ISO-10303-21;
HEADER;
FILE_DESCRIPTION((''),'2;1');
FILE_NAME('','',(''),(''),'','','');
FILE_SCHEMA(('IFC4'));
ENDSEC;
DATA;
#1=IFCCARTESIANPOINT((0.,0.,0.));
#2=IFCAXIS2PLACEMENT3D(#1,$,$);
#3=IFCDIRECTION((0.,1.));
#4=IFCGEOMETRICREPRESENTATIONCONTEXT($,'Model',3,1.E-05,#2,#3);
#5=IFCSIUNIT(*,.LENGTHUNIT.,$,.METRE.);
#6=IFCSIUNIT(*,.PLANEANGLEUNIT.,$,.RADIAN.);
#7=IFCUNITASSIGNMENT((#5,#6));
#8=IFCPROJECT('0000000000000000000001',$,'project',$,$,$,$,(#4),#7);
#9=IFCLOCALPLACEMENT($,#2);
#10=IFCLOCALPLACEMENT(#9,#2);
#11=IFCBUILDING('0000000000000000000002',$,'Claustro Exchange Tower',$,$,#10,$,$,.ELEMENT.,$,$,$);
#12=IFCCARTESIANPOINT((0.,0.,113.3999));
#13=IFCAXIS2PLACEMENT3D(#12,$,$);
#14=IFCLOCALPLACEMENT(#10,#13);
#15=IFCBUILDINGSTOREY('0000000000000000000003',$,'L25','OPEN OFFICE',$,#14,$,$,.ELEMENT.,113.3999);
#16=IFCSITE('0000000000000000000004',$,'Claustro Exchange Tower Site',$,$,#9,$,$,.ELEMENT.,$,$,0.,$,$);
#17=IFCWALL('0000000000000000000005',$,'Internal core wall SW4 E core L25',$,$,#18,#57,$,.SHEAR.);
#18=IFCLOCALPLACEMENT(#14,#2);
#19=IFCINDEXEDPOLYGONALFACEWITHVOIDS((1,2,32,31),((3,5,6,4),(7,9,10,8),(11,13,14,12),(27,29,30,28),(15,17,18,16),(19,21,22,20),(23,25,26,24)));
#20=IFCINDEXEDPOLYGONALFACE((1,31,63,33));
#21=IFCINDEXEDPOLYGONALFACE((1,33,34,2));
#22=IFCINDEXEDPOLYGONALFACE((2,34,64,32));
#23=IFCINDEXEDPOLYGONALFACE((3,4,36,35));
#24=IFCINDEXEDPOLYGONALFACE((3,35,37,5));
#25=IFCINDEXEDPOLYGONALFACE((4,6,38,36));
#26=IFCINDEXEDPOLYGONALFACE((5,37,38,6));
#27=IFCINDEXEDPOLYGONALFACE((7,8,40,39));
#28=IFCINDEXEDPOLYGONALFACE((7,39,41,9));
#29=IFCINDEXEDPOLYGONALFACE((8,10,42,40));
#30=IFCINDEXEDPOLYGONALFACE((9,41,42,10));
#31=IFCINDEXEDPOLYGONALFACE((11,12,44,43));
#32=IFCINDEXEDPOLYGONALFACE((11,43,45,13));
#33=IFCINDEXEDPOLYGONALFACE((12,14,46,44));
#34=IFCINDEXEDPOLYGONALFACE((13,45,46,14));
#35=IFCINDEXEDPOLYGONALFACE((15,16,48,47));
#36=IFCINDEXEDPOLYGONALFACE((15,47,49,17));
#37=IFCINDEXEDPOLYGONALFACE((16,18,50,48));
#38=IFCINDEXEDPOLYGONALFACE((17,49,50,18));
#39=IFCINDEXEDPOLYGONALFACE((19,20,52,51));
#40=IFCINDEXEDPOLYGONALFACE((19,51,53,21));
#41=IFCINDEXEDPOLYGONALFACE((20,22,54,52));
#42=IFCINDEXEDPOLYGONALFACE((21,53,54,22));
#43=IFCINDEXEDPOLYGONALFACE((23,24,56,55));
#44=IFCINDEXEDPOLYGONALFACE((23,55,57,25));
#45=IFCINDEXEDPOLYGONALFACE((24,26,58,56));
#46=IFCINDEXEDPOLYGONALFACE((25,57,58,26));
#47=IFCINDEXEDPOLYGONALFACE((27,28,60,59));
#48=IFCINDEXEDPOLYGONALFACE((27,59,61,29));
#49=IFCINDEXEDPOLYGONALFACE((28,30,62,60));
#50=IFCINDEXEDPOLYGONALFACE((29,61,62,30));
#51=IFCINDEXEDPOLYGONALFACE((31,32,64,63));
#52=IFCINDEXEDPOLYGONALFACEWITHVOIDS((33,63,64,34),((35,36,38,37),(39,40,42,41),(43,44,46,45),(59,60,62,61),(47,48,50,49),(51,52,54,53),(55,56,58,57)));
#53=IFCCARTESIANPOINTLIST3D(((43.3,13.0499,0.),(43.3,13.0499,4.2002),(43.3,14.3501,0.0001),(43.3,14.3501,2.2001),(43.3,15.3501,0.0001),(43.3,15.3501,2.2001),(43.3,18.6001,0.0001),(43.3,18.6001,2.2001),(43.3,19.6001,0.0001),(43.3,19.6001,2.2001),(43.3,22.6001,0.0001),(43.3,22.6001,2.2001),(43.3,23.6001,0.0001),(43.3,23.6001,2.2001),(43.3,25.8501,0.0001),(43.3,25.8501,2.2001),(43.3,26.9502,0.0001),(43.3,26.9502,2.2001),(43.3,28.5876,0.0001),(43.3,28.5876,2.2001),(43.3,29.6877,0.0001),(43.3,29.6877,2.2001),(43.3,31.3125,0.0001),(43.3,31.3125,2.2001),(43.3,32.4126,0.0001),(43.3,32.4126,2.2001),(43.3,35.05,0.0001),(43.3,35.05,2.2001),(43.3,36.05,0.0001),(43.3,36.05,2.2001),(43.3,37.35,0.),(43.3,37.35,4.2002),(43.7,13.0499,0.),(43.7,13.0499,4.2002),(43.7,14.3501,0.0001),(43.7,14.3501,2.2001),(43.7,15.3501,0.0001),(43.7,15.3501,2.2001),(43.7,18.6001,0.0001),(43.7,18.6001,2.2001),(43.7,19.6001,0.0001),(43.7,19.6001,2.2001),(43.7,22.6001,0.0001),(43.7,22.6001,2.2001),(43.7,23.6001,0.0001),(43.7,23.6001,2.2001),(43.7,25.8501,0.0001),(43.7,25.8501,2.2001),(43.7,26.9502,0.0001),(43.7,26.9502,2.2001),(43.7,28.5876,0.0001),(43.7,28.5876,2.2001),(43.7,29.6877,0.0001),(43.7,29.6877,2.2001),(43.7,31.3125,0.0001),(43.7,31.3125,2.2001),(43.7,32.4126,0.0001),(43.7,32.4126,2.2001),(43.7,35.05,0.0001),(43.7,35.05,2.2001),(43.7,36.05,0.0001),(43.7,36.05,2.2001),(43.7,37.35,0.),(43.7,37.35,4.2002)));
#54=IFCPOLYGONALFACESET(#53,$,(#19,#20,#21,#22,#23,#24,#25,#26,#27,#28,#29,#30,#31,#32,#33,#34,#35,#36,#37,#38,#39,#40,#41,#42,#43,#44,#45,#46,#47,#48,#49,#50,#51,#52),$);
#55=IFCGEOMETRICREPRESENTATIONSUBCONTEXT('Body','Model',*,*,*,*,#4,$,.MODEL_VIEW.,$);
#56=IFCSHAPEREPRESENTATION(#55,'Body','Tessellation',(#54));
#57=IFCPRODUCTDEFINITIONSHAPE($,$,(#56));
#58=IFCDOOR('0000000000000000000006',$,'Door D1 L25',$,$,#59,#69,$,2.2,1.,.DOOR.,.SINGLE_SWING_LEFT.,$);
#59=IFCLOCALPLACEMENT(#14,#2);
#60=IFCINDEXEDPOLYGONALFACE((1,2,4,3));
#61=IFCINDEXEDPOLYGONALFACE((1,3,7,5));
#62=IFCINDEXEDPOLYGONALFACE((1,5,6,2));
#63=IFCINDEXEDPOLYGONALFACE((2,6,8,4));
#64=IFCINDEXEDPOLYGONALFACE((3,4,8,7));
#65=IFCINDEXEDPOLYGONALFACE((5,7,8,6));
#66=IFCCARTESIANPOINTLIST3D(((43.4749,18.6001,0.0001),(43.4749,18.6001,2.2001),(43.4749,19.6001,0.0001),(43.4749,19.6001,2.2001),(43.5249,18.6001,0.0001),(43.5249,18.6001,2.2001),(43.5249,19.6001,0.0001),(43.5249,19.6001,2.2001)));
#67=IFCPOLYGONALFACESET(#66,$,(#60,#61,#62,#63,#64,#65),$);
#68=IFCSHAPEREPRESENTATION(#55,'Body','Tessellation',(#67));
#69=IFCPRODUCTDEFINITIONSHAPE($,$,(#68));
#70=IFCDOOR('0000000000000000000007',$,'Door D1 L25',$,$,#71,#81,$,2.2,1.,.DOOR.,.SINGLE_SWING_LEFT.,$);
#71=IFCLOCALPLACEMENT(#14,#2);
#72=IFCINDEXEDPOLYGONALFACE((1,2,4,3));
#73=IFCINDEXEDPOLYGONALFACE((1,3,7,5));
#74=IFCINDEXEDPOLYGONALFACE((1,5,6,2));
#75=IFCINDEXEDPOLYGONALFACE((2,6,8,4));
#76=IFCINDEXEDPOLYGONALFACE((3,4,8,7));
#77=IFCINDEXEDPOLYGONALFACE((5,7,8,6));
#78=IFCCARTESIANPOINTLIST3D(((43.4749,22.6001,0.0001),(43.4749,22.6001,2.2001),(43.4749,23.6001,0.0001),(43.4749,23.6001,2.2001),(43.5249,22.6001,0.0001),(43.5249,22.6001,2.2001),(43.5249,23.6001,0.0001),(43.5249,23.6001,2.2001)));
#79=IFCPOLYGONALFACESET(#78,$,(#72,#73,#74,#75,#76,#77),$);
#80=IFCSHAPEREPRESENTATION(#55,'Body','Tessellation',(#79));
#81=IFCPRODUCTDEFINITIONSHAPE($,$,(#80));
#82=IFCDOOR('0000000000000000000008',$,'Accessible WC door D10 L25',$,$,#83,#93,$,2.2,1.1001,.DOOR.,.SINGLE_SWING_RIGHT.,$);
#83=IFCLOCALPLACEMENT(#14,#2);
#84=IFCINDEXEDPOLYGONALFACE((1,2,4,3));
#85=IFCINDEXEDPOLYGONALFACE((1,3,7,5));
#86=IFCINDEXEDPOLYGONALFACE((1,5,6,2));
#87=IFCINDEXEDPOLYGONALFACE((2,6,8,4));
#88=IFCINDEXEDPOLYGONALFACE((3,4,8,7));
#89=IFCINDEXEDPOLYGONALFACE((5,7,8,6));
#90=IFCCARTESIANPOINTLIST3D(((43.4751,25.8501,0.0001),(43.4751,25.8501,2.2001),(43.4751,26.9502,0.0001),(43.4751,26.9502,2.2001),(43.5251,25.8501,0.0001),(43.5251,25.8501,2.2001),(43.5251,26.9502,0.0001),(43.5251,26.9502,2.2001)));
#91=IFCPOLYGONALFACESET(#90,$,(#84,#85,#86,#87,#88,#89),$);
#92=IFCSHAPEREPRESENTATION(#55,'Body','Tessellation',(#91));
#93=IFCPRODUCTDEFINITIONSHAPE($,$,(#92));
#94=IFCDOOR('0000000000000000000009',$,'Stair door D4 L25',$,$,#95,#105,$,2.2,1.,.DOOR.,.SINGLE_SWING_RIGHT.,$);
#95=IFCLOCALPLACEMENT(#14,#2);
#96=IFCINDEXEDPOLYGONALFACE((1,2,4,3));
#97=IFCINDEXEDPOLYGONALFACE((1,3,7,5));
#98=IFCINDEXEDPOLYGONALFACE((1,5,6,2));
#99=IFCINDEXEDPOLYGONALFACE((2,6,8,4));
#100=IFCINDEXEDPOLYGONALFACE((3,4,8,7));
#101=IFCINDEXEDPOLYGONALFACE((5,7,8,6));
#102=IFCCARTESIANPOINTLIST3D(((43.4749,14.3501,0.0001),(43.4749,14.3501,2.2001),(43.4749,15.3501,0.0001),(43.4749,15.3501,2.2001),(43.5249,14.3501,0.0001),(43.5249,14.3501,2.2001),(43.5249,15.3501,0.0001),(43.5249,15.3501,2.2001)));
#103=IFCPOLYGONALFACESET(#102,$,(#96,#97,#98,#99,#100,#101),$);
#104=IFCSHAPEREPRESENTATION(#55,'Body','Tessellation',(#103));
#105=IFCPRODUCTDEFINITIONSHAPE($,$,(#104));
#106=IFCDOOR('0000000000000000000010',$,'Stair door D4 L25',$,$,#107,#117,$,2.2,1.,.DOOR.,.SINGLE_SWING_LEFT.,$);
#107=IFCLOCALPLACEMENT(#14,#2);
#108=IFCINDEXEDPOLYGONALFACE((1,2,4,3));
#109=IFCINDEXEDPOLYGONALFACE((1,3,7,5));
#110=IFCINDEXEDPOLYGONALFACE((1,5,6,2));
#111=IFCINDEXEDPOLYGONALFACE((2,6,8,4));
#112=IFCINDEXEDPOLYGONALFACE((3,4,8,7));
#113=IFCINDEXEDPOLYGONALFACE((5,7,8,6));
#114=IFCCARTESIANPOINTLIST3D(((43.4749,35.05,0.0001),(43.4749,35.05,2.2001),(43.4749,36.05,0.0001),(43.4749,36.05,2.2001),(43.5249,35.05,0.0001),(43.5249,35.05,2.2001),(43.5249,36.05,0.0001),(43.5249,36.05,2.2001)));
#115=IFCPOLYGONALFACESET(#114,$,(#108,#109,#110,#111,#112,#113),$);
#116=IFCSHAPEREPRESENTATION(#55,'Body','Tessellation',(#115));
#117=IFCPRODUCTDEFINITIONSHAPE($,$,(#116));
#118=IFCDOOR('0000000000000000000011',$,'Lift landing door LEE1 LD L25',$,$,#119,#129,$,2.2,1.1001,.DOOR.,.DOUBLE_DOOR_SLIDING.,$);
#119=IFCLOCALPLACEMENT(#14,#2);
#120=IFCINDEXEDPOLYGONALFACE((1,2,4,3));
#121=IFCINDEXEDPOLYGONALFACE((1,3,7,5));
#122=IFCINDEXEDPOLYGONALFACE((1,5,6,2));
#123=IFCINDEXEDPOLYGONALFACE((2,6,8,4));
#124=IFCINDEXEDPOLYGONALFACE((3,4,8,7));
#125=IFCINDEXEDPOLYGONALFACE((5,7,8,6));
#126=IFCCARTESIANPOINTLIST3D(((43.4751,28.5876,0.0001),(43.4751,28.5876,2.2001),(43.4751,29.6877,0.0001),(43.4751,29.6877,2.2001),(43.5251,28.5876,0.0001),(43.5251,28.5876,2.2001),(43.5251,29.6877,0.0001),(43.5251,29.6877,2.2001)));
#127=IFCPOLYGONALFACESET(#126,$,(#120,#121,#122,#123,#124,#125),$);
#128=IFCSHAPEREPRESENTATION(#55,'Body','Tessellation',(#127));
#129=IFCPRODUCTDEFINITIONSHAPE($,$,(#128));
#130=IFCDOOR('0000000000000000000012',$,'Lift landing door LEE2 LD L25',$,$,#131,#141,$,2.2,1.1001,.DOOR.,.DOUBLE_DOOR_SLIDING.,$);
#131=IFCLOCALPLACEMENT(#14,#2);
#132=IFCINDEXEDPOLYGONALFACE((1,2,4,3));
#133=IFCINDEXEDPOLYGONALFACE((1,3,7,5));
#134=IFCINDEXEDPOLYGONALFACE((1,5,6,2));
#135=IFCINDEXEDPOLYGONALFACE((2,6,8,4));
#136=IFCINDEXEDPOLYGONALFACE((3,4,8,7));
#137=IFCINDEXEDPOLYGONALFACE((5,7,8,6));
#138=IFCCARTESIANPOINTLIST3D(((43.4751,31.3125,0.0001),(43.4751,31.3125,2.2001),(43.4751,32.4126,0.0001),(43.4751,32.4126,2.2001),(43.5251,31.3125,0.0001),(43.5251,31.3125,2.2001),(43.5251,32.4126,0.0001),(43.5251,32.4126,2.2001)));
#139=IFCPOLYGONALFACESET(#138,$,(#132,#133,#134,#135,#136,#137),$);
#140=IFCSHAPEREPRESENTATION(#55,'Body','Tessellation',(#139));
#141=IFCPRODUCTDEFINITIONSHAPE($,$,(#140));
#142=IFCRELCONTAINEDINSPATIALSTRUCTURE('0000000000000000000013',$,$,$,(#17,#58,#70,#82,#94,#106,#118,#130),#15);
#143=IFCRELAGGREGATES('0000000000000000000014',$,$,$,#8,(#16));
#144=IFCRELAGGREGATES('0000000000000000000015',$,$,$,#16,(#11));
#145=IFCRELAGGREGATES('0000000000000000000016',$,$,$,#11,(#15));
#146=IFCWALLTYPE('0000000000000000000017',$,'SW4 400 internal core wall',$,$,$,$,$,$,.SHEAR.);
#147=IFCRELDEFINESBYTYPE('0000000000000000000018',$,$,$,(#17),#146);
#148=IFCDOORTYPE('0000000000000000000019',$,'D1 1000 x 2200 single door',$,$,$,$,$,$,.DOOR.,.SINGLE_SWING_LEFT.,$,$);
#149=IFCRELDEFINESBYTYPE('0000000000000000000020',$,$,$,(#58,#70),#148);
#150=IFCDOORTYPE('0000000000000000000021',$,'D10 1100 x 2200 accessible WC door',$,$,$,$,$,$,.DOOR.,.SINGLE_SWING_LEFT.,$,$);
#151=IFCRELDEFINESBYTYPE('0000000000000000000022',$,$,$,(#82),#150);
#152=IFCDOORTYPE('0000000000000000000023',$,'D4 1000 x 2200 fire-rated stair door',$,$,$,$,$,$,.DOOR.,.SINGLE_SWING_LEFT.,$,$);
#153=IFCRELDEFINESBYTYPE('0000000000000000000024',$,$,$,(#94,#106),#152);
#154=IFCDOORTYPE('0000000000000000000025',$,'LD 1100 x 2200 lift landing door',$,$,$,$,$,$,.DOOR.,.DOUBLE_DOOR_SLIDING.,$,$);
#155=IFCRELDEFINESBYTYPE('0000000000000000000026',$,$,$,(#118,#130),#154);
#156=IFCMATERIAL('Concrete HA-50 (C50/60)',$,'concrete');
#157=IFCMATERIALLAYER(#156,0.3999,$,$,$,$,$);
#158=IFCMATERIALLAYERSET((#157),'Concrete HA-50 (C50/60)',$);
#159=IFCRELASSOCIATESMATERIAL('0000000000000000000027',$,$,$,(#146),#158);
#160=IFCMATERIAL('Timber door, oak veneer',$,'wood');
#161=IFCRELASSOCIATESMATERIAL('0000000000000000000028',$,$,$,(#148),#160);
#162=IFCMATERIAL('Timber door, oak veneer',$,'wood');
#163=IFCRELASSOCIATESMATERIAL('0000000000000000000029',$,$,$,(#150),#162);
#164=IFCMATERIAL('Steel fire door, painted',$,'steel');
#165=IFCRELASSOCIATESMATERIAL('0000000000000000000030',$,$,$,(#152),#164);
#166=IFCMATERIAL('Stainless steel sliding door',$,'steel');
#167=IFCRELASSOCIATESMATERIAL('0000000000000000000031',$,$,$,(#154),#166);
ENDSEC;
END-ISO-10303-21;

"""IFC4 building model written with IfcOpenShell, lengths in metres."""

from ifc_helpers import new_model, si_unit, direction, frame, frame_2d, origin, place, context, subcontext, project, spatial, rectangle, extrude, material, layer, layer_set, type_object, element, fill, save


model = new_model("IFC4")

# Units and contexts
model_context = context("Model", 3, precision=1e-05, world=origin(), true_north=direction((0.0, 1.0)))
body_context = subcontext(model_context, "Body", "Model", "MODEL_VIEW")
ifc_project = project(units=[si_unit("LENGTHUNIT", "METRE"), si_unit("PLANEANGLEUNIT", "RADIAN")], contexts=[model_context])

# Site, building, storey
site_placement = place(None, origin())
site = spatial("IfcSite", under=ifc_project, at=site_placement, Name="Claustro Exchange Tower Site", CompositionType="ELEMENT", RefElevation=0.0)
building_placement = place(site_placement, origin())
building = spatial("IfcBuilding", under=site, at=building_placement, Name="Claustro Exchange Tower", CompositionType="ELEMENT")
storey_placement = place(building_placement, frame((0.0, 0.0, 113.3999)))
storey = spatial("IfcBuildingStorey", under=building, at=storey_placement, Name="L25", Description="OPEN OFFICE", CompositionType="ELEMENT", Elevation=113.3999)

# Wall, openings, doors
ifc_material_1 = material(Name="Concrete HA-50 (C50/60)", Category="concrete")
ifc_layer_1 = layer(ifc_material_1, 0.3999)
ifc_layer_set_1 = layer_set([ifc_layer_1], Name="Concrete HA-50 (C50/60)")
wall_type_1 = type_object("IfcWallType", Name="SW4 400 internal core wall", PredefinedType="SHEAR", material=ifc_layer_set_1)
wall_1_placement = place(storey_placement, frame((43.5, 13.05, 0.0), z_axis=(0.0, 0.0, 1.0), x_axis=(0.0, 1.0, 0.0)))
wall_1 = element("IfcWall", 1, at=wall_1_placement, inside=storey, type_object=wall_type_1, Name="Internal core wall SW4 E core L25", PredefinedType="SHEAR", context=body_context, shape_type="SweptSolid", body=[
    extrude(rectangle(XDim=24.3, YDim=0.3999, at=frame_2d((12.1499, 0.0))), origin(), (0.0, 0.0, 1.0), 4.2002),
])
opening_1_placement = place(wall_1_placement, frame((1.3, 0.0, 0.0)))
opening_1 = element("IfcOpeningElement", 2, at=opening_1_placement, cuts=wall_1, PredefinedType="OPENING", context=body_context, shape_type="SweptSolid", body=[
    extrude(rectangle(XDim=1.0, YDim=2.2, at=frame_2d((0.5, 1.1001))), frame((0.0, 0.21, 0.0), z_axis=(0.0, -1.0, 0.0), x_axis=(1.0, 0.0, 0.0)), (0.0, 0.0, 1.0), 0.4199),
])
opening_2_placement = place(wall_1_placement, frame((22.0, 0.0, 0.0)))
opening_2 = element("IfcOpeningElement", 3, at=opening_2_placement, cuts=wall_1, PredefinedType="OPENING", context=body_context, shape_type="SweptSolid", body=[
    extrude(rectangle(XDim=1.0, YDim=2.2, at=frame_2d((0.5, 1.1001))), frame((0.0, 0.21, 0.0), z_axis=(0.0, -1.0, 0.0), x_axis=(1.0, 0.0, 0.0)), (0.0, 0.0, 1.0), 0.4199),
])
opening_3_placement = place(wall_1_placement, frame((5.55, 0.0, 0.0)))
opening_3 = element("IfcOpeningElement", 4, at=opening_3_placement, cuts=wall_1, PredefinedType="OPENING", context=body_context, shape_type="SweptSolid", body=[
    extrude(rectangle(XDim=1.0, YDim=2.2, at=frame_2d((0.5, 1.1001))), frame((0.0, 0.21, 0.0), z_axis=(0.0, -1.0, 0.0), x_axis=(1.0, 0.0, 0.0)), (0.0, 0.0, 1.0), 0.4199),
])
opening_4_placement = place(wall_1_placement, frame((9.55, 0.0, 0.0)))
opening_4 = element("IfcOpeningElement", 5, at=opening_4_placement, cuts=wall_1, PredefinedType="OPENING", context=body_context, shape_type="SweptSolid", body=[
    extrude(rectangle(XDim=1.0, YDim=2.2, at=frame_2d((0.5, 1.1001))), frame((0.0, 0.21, 0.0), z_axis=(0.0, -1.0, 0.0), x_axis=(1.0, 0.0, 0.0)), (0.0, 0.0, 1.0), 0.4199),
])
opening_5_placement = place(wall_1_placement, frame((12.8, 0.0, 0.0)))
opening_5 = element("IfcOpeningElement", 6, at=opening_5_placement, cuts=wall_1, PredefinedType="OPENING", context=body_context, shape_type="SweptSolid", body=[
    extrude(rectangle(XDim=1.1001, YDim=2.2, at=frame_2d((0.55, 1.1001))), frame((0.0, 0.21, 0.0), z_axis=(0.0, -1.0, 0.0), x_axis=(1.0, 0.0, 0.0)), (0.0, 0.0, 1.0), 0.4199),
])
opening_6_placement = place(wall_1_placement, frame((15.5376, 0.0, 0.0)))
opening_6 = element("IfcOpeningElement", 7, at=opening_6_placement, cuts=wall_1, PredefinedType="OPENING", context=body_context, shape_type="SweptSolid", body=[
    extrude(rectangle(XDim=1.1001, YDim=2.2, at=frame_2d((0.55, 1.1001))), frame((0.0, 0.21, 0.0), z_axis=(0.0, -1.0, 0.0), x_axis=(1.0, 0.0, 0.0)), (0.0, 0.0, 1.0), 0.4199),
])
opening_7_placement = place(wall_1_placement, frame((18.2625, 0.0, 0.0)))
opening_7 = element("IfcOpeningElement", 8, at=opening_7_placement, cuts=wall_1, PredefinedType="OPENING", context=body_context, shape_type="SweptSolid", body=[
    extrude(rectangle(XDim=1.1001, YDim=2.2, at=frame_2d((0.55, 1.1001))), frame((0.0, 0.21, 0.0), z_axis=(0.0, -1.0, 0.0), x_axis=(1.0, 0.0, 0.0)), (0.0, 0.0, 1.0), 0.4199),
])
ifc_material_2 = material(Name="Timber door, oak veneer", Category="wood")
door_type_1 = type_object("IfcDoorType", Name="D1 1000 x 2200 single door", OperationType="SINGLE_SWING_LEFT", PredefinedType="DOOR", material=ifc_material_2)
door_1_placement = place(opening_3_placement, frame((1.0, 0.0, 0.0), z_axis=(0.0, 0.0, 1.0), x_axis=(-1.0, 0.0, 0.0)))
door_1 = element("IfcDoor", 9, at=door_1_placement, inside=storey, type_object=door_type_1, Name="Door D1 L25", OperationType="SINGLE_SWING_LEFT", OverallHeight=2.2, OverallWidth=1.0, PredefinedType="DOOR", context=body_context, shape_type="SweptSolid", body=[
    extrude(rectangle(XDim=1.0, YDim=2.2, at=frame_2d((0.5, 1.1001))), frame((0.0, 0.0249, 0.0), z_axis=(0.0, -1.0, 0.0), x_axis=(1.0, 0.0, 0.0)), (0.0, 0.0, 1.0), 0.05),
])
fill(opening_3, door_1)
door_2_placement = place(opening_4_placement, frame((1.0, 0.0, 0.0), z_axis=(0.0, 0.0, 1.0), x_axis=(-1.0, 0.0, 0.0)))
door_2 = element("IfcDoor", 10, at=door_2_placement, inside=storey, type_object=door_type_1, Name="Door D1 L25", OperationType="SINGLE_SWING_LEFT", OverallHeight=2.2, OverallWidth=1.0, PredefinedType="DOOR", context=body_context, shape_type="SweptSolid", body=[
    extrude(rectangle(XDim=1.0, YDim=2.2, at=frame_2d((0.5, 1.1001))), frame((0.0, 0.0249, 0.0), z_axis=(0.0, -1.0, 0.0), x_axis=(1.0, 0.0, 0.0)), (0.0, 0.0, 1.0), 0.05),
])
fill(opening_4, door_2)
ifc_material_3 = material(Name="Timber door, oak veneer", Category="wood")
door_type_2 = type_object("IfcDoorType", Name="D10 1100 x 2200 accessible WC door", OperationType="SINGLE_SWING_LEFT", PredefinedType="DOOR", material=ifc_material_3)
door_3_placement = place(opening_5_placement, origin())
door_3 = element("IfcDoor", 11, at=door_3_placement, inside=storey, type_object=door_type_2, Name="Accessible WC door D10 L25", OperationType="SINGLE_SWING_RIGHT", OverallHeight=2.2, OverallWidth=1.1001, PredefinedType="DOOR", context=body_context, shape_type="SweptSolid", body=[
    extrude(rectangle(XDim=1.1001, YDim=2.2, at=frame_2d((0.55, 1.1001))), frame((0.0, 0.0249, 0.0), z_axis=(0.0, -1.0, 0.0), x_axis=(1.0, 0.0, 0.0)), (0.0, 0.0, 1.0), 0.05),
])
fill(opening_5, door_3)
ifc_material_4 = material(Name="Steel fire door, painted", Category="steel")
door_type_3 = type_object("IfcDoorType", Name="D4 1000 x 2200 fire-rated stair door", OperationType="SINGLE_SWING_LEFT", PredefinedType="DOOR", material=ifc_material_4)
door_4_placement = place(opening_1_placement, frame((1.0, 0.0, 0.0), z_axis=(0.0, 0.0, 1.0), x_axis=(-1.0, 0.0, 0.0)))
door_4 = element("IfcDoor", 12, at=door_4_placement, inside=storey, type_object=door_type_3, Name="Stair door D4 L25", OperationType="SINGLE_SWING_RIGHT", OverallHeight=2.2, OverallWidth=1.0, PredefinedType="DOOR", context=body_context, shape_type="SweptSolid", body=[
    extrude(rectangle(XDim=1.0, YDim=2.2, at=frame_2d((0.5, 1.1001))), frame((0.0, 0.0249, 0.0), z_axis=(0.0, -1.0, 0.0), x_axis=(1.0, 0.0, 0.0)), (0.0, 0.0, 1.0), 0.05),
])
fill(opening_1, door_4)
door_5_placement = place(opening_2_placement, frame((1.0, 0.0, 0.0), z_axis=(0.0, 0.0, 1.0), x_axis=(-1.0, 0.0, 0.0)))
door_5 = element("IfcDoor", 13, at=door_5_placement, inside=storey, type_object=door_type_3, Name="Stair door D4 L25", OperationType="SINGLE_SWING_LEFT", OverallHeight=2.2, OverallWidth=1.0, PredefinedType="DOOR", context=body_context, shape_type="SweptSolid", body=[
    extrude(rectangle(XDim=1.0, YDim=2.2, at=frame_2d((0.5, 1.1001))), frame((0.0, 0.0249, 0.0), z_axis=(0.0, -1.0, 0.0), x_axis=(1.0, 0.0, 0.0)), (0.0, 0.0, 1.0), 0.05),
])
fill(opening_2, door_5)
ifc_material_5 = material(Name="Stainless steel sliding door", Category="steel")
door_type_4 = type_object("IfcDoorType", Name="LD 1100 x 2200 lift landing door", OperationType="DOUBLE_DOOR_SLIDING", PredefinedType="DOOR", material=ifc_material_5)
door_6_placement = place(opening_6_placement, origin())
door_6 = element("IfcDoor", 14, at=door_6_placement, inside=storey, type_object=door_type_4, Name="Lift landing door LEE1 LD L25", OperationType="DOUBLE_DOOR_SLIDING", OverallHeight=2.2, OverallWidth=1.1001, PredefinedType="DOOR", context=body_context, shape_type="SweptSolid", body=[
    extrude(rectangle(XDim=1.1001, YDim=2.2, at=frame_2d((0.55, 1.1001))), frame((0.0, 0.0249, 0.0), z_axis=(0.0, -1.0, 0.0), x_axis=(1.0, 0.0, 0.0)), (0.0, 0.0, 1.0), 0.05),
])
fill(opening_6, door_6)
door_7_placement = place(opening_7_placement, origin())
door_7 = element("IfcDoor", 15, at=door_7_placement, inside=storey, type_object=door_type_4, Name="Lift landing door LEE2 LD L25", OperationType="DOUBLE_DOOR_SLIDING", OverallHeight=2.2, OverallWidth=1.1001, PredefinedType="DOOR", context=body_context, shape_type="SweptSolid", body=[
    extrude(rectangle(XDim=1.1001, YDim=2.2, at=frame_2d((0.55, 1.1001))), frame((0.0, 0.0249, 0.0), z_axis=(0.0, -1.0, 0.0), x_axis=(1.0, 0.0, 0.0)), (0.0, 0.0, 1.0), 0.05),
])
fill(opening_7, door_7)

save(model, "model.ifc")
